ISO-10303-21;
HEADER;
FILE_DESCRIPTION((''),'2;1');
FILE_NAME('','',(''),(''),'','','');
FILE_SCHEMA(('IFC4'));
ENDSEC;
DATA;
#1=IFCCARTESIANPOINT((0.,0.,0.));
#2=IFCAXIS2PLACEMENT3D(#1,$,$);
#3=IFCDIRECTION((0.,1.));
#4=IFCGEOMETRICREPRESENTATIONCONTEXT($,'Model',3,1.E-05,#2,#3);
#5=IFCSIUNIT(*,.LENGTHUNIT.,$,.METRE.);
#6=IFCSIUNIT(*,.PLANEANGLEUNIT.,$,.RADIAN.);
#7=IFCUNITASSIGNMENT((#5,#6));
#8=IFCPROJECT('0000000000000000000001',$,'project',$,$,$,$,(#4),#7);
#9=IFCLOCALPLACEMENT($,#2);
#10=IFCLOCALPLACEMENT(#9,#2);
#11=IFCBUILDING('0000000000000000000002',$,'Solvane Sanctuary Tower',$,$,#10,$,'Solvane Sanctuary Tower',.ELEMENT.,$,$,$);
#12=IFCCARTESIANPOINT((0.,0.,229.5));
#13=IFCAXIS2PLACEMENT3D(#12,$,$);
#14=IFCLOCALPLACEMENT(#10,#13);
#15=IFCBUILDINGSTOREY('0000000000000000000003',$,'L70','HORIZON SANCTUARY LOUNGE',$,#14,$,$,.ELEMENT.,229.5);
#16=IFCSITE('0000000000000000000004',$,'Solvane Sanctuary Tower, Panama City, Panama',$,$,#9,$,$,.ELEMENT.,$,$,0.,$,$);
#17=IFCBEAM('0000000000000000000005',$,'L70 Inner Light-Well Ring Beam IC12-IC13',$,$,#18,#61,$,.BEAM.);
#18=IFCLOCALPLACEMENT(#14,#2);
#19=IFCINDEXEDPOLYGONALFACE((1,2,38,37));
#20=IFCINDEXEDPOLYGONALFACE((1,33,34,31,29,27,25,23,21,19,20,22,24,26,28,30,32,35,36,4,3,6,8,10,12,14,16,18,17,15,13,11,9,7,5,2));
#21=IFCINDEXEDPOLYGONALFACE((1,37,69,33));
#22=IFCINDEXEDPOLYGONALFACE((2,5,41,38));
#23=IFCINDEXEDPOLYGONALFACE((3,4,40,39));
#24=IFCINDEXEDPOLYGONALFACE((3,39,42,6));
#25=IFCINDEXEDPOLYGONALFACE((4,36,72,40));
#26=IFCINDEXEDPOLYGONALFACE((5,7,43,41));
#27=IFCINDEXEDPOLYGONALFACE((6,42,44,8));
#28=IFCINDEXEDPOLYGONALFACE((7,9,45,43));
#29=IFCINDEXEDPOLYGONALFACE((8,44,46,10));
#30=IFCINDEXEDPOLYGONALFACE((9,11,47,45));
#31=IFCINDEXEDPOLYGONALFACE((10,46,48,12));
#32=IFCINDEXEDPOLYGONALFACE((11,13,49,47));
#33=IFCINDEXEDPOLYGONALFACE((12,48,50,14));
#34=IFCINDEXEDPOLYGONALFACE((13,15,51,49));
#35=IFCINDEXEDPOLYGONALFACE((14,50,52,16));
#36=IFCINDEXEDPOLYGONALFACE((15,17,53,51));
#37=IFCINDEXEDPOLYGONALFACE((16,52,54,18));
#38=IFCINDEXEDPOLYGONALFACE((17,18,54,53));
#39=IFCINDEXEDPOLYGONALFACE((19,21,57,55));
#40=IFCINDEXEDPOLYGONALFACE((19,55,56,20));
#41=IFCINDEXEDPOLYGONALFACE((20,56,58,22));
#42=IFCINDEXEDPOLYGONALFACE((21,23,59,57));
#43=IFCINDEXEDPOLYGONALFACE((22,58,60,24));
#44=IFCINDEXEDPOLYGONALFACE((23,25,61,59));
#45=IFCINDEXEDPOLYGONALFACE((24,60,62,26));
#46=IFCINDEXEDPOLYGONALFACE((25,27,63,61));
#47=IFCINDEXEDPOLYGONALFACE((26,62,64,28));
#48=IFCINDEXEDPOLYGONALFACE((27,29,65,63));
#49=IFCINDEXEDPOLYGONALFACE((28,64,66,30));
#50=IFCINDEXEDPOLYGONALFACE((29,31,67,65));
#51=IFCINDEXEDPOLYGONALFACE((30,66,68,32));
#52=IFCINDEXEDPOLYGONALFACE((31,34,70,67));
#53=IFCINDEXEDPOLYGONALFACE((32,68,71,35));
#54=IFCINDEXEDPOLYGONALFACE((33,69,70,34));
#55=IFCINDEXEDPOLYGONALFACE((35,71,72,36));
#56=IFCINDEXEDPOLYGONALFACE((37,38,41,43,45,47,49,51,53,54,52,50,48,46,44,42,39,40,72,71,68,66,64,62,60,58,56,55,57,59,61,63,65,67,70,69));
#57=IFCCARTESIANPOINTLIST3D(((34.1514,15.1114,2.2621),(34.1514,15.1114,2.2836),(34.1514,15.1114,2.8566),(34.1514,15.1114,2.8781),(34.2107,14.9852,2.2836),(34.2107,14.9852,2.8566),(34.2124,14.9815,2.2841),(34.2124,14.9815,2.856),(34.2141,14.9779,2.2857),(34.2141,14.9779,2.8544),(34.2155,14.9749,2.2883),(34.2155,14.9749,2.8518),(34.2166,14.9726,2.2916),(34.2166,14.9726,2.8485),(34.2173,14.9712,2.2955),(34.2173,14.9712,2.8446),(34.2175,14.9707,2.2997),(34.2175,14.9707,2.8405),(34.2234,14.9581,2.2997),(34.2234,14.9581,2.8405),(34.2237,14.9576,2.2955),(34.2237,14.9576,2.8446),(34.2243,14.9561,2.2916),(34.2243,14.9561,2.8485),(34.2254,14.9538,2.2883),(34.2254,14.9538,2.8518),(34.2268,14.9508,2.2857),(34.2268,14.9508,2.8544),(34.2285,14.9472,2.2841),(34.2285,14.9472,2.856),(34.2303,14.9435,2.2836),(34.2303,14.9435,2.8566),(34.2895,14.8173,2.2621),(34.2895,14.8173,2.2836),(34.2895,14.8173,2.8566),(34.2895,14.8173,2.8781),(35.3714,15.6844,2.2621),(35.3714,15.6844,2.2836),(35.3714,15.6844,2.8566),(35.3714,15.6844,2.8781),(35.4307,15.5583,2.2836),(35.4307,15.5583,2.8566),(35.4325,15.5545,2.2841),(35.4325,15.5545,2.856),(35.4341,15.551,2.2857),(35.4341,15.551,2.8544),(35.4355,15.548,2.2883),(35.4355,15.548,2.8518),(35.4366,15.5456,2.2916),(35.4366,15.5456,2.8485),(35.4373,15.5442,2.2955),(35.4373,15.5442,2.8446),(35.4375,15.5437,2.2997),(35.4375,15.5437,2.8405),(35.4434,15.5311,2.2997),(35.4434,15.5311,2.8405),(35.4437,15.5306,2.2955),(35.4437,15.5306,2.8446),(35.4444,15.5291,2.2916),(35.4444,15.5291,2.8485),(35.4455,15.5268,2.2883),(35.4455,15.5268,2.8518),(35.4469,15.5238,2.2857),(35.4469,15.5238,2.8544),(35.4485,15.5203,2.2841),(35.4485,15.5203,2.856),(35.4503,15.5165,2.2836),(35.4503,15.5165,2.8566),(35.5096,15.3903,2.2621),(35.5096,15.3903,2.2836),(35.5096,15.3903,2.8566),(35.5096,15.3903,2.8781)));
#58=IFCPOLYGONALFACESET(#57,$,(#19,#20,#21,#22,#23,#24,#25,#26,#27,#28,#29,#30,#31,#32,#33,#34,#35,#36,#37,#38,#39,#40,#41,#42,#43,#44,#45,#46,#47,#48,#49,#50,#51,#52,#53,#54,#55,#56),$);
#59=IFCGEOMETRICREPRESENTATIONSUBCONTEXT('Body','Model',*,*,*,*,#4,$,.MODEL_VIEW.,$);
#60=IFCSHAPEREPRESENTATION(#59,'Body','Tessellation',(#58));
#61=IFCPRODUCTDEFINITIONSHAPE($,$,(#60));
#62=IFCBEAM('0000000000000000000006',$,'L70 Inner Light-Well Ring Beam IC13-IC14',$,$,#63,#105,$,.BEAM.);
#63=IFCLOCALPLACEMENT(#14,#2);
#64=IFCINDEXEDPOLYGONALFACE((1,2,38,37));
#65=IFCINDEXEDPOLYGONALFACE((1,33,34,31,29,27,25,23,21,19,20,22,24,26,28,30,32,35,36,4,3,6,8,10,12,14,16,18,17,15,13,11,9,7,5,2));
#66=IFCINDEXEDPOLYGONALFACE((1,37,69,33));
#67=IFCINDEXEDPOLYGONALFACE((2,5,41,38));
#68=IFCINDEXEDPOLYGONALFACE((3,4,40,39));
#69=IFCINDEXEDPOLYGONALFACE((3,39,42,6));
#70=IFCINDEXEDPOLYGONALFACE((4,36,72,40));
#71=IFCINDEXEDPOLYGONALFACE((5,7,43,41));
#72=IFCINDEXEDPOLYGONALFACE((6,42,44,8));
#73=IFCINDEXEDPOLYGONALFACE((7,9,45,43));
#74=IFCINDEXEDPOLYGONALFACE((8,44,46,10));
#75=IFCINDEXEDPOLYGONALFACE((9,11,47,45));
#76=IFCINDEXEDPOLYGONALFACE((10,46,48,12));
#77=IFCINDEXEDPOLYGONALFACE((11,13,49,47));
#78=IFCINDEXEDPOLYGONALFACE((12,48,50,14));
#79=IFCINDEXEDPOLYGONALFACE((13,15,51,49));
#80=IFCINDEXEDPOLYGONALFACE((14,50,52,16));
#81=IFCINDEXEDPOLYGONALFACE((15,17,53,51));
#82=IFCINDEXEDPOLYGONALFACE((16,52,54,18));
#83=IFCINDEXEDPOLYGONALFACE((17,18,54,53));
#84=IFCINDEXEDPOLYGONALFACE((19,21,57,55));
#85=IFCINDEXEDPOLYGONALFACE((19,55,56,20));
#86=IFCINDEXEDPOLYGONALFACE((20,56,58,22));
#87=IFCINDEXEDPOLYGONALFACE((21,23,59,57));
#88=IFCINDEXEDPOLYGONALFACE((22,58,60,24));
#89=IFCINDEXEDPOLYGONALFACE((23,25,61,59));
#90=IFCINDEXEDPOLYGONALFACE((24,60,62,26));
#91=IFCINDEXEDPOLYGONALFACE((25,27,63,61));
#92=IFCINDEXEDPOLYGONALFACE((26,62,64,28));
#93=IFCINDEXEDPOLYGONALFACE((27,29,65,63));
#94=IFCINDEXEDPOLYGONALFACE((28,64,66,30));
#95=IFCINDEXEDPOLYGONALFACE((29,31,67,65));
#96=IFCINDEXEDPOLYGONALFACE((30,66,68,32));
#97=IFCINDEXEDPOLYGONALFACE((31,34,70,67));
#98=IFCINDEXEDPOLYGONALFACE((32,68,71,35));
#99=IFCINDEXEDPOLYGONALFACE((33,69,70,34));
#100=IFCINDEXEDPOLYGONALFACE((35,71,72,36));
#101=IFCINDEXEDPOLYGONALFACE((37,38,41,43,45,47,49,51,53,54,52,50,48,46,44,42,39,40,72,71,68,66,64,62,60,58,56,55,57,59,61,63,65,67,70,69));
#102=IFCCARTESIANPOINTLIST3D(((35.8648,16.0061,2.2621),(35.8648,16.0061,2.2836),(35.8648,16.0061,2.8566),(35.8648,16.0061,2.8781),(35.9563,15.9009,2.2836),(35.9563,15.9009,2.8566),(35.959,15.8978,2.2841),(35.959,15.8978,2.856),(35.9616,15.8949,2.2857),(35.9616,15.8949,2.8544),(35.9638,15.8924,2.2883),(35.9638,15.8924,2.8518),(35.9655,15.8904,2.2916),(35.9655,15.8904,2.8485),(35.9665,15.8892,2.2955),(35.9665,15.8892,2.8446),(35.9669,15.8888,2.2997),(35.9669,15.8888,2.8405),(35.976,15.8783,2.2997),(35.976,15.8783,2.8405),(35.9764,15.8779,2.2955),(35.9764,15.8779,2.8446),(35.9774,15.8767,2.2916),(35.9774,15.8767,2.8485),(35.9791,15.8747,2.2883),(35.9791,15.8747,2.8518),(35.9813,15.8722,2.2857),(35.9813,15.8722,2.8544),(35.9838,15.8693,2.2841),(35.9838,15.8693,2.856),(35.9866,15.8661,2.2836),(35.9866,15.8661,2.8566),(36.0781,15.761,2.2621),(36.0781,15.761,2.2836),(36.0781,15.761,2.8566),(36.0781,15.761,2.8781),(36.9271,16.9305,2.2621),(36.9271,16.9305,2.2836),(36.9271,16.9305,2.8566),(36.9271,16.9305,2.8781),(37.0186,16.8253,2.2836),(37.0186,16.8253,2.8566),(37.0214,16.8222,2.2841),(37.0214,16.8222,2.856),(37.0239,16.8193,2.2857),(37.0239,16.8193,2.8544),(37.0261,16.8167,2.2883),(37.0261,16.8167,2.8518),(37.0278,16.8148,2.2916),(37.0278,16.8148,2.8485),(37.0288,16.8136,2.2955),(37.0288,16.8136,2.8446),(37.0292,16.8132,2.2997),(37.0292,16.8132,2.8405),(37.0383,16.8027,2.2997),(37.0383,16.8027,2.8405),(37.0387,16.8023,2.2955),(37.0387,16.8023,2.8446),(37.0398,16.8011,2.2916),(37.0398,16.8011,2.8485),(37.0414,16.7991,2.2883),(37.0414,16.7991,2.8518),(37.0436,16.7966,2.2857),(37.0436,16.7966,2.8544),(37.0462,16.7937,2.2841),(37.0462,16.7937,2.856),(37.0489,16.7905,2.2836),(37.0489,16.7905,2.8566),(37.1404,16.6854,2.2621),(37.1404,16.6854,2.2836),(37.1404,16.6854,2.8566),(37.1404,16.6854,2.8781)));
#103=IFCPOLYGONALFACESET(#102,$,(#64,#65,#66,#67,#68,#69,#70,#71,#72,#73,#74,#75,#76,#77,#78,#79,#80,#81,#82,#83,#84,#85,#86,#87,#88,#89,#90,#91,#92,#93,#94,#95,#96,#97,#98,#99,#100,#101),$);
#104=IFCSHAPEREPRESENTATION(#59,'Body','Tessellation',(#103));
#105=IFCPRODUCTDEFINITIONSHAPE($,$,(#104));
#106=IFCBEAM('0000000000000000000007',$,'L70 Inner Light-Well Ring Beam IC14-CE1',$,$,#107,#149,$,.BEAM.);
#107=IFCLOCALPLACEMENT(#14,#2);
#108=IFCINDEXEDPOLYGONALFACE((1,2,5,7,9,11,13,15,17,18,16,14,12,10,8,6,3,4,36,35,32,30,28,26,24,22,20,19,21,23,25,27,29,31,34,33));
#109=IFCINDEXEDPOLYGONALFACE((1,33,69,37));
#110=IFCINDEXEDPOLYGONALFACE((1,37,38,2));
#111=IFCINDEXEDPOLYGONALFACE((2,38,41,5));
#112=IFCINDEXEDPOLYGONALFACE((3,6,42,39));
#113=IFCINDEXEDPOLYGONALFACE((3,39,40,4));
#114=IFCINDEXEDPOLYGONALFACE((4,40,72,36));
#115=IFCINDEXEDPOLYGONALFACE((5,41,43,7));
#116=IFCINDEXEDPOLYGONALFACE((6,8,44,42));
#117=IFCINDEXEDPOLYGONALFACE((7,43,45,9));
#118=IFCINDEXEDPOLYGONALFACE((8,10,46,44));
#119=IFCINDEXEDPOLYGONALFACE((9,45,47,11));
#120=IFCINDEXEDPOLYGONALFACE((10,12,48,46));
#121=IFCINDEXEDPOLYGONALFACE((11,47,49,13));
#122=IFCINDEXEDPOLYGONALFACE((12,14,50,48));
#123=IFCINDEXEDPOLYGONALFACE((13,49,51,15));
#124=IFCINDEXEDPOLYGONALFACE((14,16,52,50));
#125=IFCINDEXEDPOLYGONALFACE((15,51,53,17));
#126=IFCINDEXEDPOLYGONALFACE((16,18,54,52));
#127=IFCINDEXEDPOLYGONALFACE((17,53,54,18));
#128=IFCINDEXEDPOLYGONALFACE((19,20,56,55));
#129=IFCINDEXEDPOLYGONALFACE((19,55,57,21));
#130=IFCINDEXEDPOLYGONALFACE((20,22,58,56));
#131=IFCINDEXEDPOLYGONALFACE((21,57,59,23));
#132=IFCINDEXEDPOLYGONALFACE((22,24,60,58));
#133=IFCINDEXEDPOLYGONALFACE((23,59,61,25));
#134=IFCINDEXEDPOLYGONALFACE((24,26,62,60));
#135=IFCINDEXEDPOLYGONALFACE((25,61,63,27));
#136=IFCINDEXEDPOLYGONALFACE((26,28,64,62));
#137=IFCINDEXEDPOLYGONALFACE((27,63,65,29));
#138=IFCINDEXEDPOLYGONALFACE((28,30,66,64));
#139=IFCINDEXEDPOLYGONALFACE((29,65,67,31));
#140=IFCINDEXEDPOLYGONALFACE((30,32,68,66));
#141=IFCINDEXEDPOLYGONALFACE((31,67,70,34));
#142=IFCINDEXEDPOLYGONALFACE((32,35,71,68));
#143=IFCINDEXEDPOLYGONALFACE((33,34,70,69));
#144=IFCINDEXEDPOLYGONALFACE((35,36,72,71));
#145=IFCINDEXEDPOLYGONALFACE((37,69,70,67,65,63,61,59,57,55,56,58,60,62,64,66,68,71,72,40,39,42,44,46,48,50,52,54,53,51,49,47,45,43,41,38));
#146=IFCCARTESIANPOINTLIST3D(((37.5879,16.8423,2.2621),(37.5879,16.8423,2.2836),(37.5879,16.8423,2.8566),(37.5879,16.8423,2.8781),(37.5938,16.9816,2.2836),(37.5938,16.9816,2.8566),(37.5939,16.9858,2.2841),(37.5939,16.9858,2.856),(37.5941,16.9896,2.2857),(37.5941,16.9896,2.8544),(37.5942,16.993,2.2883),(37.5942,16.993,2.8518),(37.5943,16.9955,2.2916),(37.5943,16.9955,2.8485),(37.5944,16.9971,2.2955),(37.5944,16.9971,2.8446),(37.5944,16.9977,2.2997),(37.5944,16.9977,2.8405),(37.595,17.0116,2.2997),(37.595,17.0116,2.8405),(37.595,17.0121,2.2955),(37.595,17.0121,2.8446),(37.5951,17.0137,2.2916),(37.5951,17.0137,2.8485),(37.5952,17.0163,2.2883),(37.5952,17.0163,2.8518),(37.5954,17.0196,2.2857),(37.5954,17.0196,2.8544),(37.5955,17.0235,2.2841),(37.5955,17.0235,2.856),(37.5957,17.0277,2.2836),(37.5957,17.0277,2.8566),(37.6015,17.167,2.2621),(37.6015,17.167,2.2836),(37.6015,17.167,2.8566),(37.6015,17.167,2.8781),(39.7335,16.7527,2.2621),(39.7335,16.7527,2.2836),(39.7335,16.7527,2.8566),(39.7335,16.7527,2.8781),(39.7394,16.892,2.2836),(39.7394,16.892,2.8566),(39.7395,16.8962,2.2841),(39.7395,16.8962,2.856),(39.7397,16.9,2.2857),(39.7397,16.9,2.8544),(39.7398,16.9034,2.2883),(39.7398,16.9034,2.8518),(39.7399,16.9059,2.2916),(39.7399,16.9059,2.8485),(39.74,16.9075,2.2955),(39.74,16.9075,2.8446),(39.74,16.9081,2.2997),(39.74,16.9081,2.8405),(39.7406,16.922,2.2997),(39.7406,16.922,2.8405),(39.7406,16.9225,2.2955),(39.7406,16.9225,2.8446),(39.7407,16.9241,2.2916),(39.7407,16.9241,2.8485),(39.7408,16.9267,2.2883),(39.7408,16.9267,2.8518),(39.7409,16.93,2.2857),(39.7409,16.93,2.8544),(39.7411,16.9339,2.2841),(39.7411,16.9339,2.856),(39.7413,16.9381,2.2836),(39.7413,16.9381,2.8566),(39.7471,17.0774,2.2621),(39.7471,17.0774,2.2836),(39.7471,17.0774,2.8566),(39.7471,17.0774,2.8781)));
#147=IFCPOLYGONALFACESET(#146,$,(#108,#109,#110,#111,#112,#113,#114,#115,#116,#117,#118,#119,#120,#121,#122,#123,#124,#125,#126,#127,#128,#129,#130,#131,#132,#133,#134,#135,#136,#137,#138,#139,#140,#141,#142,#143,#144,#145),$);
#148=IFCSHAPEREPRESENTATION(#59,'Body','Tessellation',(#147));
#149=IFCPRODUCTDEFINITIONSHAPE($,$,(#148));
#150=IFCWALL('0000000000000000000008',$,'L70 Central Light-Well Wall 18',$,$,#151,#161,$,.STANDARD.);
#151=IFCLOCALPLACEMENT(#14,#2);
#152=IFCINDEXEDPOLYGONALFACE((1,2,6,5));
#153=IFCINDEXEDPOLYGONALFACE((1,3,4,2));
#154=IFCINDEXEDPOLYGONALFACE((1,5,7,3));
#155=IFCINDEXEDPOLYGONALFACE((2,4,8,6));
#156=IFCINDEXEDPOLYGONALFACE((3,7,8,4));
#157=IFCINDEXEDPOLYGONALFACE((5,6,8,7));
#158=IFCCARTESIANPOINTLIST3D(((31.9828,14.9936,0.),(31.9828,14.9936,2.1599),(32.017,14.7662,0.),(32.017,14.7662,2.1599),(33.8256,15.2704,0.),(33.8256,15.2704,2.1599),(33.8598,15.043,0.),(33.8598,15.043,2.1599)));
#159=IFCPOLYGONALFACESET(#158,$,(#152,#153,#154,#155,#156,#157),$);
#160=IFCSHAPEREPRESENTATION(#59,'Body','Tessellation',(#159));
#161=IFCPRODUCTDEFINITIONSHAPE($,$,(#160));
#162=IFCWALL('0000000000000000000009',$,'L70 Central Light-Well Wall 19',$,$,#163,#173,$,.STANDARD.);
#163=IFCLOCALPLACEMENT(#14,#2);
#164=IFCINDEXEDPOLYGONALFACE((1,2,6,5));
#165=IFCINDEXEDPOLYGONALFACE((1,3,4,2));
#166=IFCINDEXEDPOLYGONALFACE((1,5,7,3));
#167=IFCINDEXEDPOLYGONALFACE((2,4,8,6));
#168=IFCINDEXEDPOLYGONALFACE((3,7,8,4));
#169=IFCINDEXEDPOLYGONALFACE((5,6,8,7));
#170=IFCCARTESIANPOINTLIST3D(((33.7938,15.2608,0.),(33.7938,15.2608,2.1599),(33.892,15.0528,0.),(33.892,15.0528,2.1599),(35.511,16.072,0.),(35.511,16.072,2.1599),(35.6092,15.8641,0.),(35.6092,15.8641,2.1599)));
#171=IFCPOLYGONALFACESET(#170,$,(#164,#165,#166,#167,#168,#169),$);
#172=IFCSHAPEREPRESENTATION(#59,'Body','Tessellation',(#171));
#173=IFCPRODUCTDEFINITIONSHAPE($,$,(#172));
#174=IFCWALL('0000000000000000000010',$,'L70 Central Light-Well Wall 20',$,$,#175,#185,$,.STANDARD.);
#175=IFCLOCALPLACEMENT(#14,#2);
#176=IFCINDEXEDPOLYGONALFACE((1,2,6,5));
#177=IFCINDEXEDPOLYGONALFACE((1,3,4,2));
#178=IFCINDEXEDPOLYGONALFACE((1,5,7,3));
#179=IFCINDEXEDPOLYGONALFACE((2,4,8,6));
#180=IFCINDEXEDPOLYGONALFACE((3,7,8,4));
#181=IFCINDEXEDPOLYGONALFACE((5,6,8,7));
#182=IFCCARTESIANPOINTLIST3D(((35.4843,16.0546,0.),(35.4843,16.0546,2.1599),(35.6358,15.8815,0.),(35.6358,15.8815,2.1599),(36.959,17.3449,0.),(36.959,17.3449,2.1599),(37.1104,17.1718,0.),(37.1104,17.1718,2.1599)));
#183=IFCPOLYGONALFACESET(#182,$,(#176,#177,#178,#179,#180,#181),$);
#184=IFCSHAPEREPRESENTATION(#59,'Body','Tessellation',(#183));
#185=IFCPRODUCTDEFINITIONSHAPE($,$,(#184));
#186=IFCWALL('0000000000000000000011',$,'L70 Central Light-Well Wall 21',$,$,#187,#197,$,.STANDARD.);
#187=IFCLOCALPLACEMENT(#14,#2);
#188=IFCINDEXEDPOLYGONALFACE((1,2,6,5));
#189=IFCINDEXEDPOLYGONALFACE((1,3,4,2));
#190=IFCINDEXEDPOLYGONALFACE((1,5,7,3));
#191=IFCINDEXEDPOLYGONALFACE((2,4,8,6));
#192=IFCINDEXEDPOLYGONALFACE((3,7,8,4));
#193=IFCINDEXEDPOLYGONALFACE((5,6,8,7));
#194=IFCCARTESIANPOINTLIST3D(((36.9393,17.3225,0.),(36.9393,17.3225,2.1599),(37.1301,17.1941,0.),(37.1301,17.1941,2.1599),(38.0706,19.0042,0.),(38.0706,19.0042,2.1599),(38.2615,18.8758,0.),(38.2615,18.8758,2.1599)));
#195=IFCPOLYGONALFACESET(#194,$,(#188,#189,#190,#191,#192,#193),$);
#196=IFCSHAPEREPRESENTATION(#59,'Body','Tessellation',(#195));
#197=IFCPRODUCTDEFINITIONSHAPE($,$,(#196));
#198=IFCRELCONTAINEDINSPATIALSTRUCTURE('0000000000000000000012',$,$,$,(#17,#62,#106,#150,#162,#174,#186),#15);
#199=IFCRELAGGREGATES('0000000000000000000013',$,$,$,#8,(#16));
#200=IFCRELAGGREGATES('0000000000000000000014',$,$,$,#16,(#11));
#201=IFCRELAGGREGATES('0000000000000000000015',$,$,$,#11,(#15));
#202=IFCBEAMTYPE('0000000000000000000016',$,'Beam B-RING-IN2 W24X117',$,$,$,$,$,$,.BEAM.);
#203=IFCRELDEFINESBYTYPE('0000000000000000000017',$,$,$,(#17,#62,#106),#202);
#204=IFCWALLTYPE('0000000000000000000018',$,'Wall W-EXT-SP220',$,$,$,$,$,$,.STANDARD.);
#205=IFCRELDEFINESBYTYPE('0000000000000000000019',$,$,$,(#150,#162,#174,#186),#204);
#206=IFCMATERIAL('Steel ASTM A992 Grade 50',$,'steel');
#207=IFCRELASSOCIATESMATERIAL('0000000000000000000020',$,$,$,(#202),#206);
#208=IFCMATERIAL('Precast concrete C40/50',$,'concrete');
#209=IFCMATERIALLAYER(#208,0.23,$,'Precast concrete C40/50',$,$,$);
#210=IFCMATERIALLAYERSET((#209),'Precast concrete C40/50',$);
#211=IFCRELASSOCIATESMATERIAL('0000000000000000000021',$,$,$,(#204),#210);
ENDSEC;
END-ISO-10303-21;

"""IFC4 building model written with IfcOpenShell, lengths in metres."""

from ifc_helpers import new_model, si_unit, direction, frame, frame_2d, origin, origin_2d, place, context, subcontext, project, spatial, rectangle, i_section, extrude, material, layer, layer_set, material_profile, profile_set, type_object, element, save


model = new_model("IFC4")

# Units and contexts
model_context = context("Model", 3, precision=1e-05, world=origin(), true_north=direction((0.0, 1.0)))
body_context = subcontext(model_context, "Body", "Model", "MODEL_VIEW")
ifc_project = project(units=[si_unit("LENGTHUNIT", "METRE"), si_unit("PLANEANGLEUNIT", "RADIAN")], contexts=[model_context])

# Site, building, storey
site_placement = place(None, origin())
site = spatial("IfcSite", under=ifc_project, at=site_placement, Name="Solvane Sanctuary Tower, Panama City, Panama", CompositionType="ELEMENT", RefElevation=0.0)
building_placement = place(site_placement, origin())
building = spatial("IfcBuilding", under=site, at=building_placement, Name="Solvane Sanctuary Tower", LongName="Solvane Sanctuary Tower", CompositionType="ELEMENT")
storey_placement = place(building_placement, frame((0.0, 0.0, 229.5)))
storey = spatial("IfcBuildingStorey", under=building, at=storey_placement, Name="L70", Description="HORIZON SANCTUARY LOUNGE", CompositionType="ELEMENT", Elevation=229.5)

# Beams
ifc_material_1 = material(Name="Steel ASTM A992 Grade 50", Category="steel")
ifc_material_profile_1 = material_profile(ifc_material_1, i_section(OverallWidth=0.325, OverallDepth=0.616, WebThickness=0.0139, FlangeThickness=0.0215, FilletRadius=0.0161, at=origin_2d()), Name="W24X117")
ifc_profile_set_1 = profile_set([ifc_material_profile_1], Name="Steel ASTM A992 Grade 50")
beam_type_1 = type_object("IfcBeamType", Name="Beam B-RING-IN2 W24X117", PredefinedType="BEAM", material=ifc_profile_set_1)
beam_1_placement = place(storey_placement, frame((34.2205, 14.9644, 2.5701), z_axis=(0.905135, 0.425125, 0.0), x_axis=(-0.425125, 0.905135, 0.0)))
element("IfcBeam", 1, at=beam_1_placement, inside=storey, type_object=beam_type_1, Name="L70 Inner Light-Well Ring Beam IC12-IC13", PredefinedType="BEAM", context=body_context, shape_type="SweptSolid", body=[
    extrude(i_section(OverallWidth=0.325, OverallDepth=0.616, WebThickness=0.0139, FlangeThickness=0.0215, FilletRadius=0.0161, at=origin_2d()), origin(), (0.0, 0.0, 1.0), 1.3479),
])
beam_2_placement = place(storey_placement, frame((35.9714, 15.8835, 2.5701), z_axis=(0.754389, 0.656428, 0.0), x_axis=(-0.656428, 0.754389, 0.0)))
element("IfcBeam", 2, at=beam_2_placement, inside=storey, type_object=beam_type_1, Name="L70 Inner Light-Well Ring Beam IC13-IC14", PredefinedType="BEAM", context=body_context, shape_type="SweptSolid", body=[
    extrude(i_section(OverallWidth=0.325, OverallDepth=0.616, WebThickness=0.0139, FlangeThickness=0.0215, FilletRadius=0.0161, at=origin_2d()), origin(), (0.0, 0.0, 1.0), 1.4082),
])
beam_3_placement = place(storey_placement, frame((37.5947, 17.0046, 2.5701), z_axis=(0.999129, -0.041725, 0.0), x_axis=(0.041725, 0.999129, 0.0)))
element("IfcBeam", 3, at=beam_3_placement, inside=storey, type_object=beam_type_1, Name="L70 Inner Light-Well Ring Beam IC14-CE1", PredefinedType="BEAM", context=body_context, shape_type="SweptSolid", body=[
    extrude(i_section(OverallWidth=0.325, OverallDepth=0.616, WebThickness=0.0139, FlangeThickness=0.0215, FilletRadius=0.0161, at=origin_2d()), origin(), (0.0, 0.0, 1.0), 2.1475),
])

# Walls
ifc_material_2 = material(Name="Precast concrete C40/50", Category="concrete")
ifc_layer_1 = layer(ifc_material_2, 0.23, Name="Precast concrete C40/50")
ifc_layer_set_1 = layer_set([ifc_layer_1], Name="Precast concrete C40/50")
wall_type_1 = type_object("IfcWallType", Name="Wall W-EXT-SP220", PredefinedType="STANDARD", material=ifc_layer_set_1)
wall_1_placement = place(storey_placement, frame((32.0, 14.8799, 0.0), z_axis=(0.0, 0.0, 1.0), x_axis=(0.988902, 0.148571, 0.0)))
element("IfcWall", 4, at=wall_1_placement, inside=storey, type_object=wall_type_1, Name="L70 Central Light-Well Wall 18", PredefinedType="STANDARD", context=body_context, shape_type="SweptSolid", body=[
    extrude(rectangle(XDim=1.8635, YDim=0.23, at=frame_2d((0.9316, 0.0))), origin(), (0.0, 0.0, 1.0), 2.1599),
])
wall_2_placement = place(storey_placement, frame((33.8428, 15.1567, 0.0), z_axis=(0.0, 0.0, 1.0), x_axis=(0.90418, 0.427152, 0.0)))
element("IfcWall", 5, at=wall_2_placement, inside=storey, type_object=wall_type_1, Name="L70 Central Light-Well Wall 19", PredefinedType="STANDARD", context=body_context, shape_type="SweptSolid", body=[
    extrude(rectangle(XDim=1.8992, YDim=0.23, at=frame_2d((0.9497, 0.0))), origin(), (0.0, 0.0, 1.0), 2.1599),
])
wall_3_placement = place(storey_placement, frame((35.5601, 15.968, 0.0), z_axis=(0.0, 0.0, 1.0), x_axis=(0.752577, 0.658505, 0.0)))
element("IfcWall", 6, at=wall_3_placement, inside=storey, type_object=wall_type_1, Name="L70 Central Light-Well Wall 20", PredefinedType="STANDARD", context=body_context, shape_type="SweptSolid", body=[
    extrude(rectangle(XDim=1.9595, YDim=0.23, at=frame_2d((0.9797, 0.0))), origin(), (0.0, 0.0, 1.0), 2.1599),
])
wall_4_placement = place(storey_placement, frame((37.0347, 17.2583, 0.0), z_axis=(0.0, 0.0, 1.0), x_axis=(0.558198, 0.829708, 0.0)))
element("IfcWall", 7, at=wall_4_placement, inside=storey, type_object=wall_type_1, Name="L70 Central Light-Well Wall 21", PredefinedType="STANDARD", context=body_context, shape_type="SweptSolid", body=[
    extrude(rectangle(XDim=2.0269, YDim=0.23, at=frame_2d((1.0134, 0.0))), origin(), (0.0, 0.0, 1.0), 2.1599),
])

save(model, "model.ifc")
